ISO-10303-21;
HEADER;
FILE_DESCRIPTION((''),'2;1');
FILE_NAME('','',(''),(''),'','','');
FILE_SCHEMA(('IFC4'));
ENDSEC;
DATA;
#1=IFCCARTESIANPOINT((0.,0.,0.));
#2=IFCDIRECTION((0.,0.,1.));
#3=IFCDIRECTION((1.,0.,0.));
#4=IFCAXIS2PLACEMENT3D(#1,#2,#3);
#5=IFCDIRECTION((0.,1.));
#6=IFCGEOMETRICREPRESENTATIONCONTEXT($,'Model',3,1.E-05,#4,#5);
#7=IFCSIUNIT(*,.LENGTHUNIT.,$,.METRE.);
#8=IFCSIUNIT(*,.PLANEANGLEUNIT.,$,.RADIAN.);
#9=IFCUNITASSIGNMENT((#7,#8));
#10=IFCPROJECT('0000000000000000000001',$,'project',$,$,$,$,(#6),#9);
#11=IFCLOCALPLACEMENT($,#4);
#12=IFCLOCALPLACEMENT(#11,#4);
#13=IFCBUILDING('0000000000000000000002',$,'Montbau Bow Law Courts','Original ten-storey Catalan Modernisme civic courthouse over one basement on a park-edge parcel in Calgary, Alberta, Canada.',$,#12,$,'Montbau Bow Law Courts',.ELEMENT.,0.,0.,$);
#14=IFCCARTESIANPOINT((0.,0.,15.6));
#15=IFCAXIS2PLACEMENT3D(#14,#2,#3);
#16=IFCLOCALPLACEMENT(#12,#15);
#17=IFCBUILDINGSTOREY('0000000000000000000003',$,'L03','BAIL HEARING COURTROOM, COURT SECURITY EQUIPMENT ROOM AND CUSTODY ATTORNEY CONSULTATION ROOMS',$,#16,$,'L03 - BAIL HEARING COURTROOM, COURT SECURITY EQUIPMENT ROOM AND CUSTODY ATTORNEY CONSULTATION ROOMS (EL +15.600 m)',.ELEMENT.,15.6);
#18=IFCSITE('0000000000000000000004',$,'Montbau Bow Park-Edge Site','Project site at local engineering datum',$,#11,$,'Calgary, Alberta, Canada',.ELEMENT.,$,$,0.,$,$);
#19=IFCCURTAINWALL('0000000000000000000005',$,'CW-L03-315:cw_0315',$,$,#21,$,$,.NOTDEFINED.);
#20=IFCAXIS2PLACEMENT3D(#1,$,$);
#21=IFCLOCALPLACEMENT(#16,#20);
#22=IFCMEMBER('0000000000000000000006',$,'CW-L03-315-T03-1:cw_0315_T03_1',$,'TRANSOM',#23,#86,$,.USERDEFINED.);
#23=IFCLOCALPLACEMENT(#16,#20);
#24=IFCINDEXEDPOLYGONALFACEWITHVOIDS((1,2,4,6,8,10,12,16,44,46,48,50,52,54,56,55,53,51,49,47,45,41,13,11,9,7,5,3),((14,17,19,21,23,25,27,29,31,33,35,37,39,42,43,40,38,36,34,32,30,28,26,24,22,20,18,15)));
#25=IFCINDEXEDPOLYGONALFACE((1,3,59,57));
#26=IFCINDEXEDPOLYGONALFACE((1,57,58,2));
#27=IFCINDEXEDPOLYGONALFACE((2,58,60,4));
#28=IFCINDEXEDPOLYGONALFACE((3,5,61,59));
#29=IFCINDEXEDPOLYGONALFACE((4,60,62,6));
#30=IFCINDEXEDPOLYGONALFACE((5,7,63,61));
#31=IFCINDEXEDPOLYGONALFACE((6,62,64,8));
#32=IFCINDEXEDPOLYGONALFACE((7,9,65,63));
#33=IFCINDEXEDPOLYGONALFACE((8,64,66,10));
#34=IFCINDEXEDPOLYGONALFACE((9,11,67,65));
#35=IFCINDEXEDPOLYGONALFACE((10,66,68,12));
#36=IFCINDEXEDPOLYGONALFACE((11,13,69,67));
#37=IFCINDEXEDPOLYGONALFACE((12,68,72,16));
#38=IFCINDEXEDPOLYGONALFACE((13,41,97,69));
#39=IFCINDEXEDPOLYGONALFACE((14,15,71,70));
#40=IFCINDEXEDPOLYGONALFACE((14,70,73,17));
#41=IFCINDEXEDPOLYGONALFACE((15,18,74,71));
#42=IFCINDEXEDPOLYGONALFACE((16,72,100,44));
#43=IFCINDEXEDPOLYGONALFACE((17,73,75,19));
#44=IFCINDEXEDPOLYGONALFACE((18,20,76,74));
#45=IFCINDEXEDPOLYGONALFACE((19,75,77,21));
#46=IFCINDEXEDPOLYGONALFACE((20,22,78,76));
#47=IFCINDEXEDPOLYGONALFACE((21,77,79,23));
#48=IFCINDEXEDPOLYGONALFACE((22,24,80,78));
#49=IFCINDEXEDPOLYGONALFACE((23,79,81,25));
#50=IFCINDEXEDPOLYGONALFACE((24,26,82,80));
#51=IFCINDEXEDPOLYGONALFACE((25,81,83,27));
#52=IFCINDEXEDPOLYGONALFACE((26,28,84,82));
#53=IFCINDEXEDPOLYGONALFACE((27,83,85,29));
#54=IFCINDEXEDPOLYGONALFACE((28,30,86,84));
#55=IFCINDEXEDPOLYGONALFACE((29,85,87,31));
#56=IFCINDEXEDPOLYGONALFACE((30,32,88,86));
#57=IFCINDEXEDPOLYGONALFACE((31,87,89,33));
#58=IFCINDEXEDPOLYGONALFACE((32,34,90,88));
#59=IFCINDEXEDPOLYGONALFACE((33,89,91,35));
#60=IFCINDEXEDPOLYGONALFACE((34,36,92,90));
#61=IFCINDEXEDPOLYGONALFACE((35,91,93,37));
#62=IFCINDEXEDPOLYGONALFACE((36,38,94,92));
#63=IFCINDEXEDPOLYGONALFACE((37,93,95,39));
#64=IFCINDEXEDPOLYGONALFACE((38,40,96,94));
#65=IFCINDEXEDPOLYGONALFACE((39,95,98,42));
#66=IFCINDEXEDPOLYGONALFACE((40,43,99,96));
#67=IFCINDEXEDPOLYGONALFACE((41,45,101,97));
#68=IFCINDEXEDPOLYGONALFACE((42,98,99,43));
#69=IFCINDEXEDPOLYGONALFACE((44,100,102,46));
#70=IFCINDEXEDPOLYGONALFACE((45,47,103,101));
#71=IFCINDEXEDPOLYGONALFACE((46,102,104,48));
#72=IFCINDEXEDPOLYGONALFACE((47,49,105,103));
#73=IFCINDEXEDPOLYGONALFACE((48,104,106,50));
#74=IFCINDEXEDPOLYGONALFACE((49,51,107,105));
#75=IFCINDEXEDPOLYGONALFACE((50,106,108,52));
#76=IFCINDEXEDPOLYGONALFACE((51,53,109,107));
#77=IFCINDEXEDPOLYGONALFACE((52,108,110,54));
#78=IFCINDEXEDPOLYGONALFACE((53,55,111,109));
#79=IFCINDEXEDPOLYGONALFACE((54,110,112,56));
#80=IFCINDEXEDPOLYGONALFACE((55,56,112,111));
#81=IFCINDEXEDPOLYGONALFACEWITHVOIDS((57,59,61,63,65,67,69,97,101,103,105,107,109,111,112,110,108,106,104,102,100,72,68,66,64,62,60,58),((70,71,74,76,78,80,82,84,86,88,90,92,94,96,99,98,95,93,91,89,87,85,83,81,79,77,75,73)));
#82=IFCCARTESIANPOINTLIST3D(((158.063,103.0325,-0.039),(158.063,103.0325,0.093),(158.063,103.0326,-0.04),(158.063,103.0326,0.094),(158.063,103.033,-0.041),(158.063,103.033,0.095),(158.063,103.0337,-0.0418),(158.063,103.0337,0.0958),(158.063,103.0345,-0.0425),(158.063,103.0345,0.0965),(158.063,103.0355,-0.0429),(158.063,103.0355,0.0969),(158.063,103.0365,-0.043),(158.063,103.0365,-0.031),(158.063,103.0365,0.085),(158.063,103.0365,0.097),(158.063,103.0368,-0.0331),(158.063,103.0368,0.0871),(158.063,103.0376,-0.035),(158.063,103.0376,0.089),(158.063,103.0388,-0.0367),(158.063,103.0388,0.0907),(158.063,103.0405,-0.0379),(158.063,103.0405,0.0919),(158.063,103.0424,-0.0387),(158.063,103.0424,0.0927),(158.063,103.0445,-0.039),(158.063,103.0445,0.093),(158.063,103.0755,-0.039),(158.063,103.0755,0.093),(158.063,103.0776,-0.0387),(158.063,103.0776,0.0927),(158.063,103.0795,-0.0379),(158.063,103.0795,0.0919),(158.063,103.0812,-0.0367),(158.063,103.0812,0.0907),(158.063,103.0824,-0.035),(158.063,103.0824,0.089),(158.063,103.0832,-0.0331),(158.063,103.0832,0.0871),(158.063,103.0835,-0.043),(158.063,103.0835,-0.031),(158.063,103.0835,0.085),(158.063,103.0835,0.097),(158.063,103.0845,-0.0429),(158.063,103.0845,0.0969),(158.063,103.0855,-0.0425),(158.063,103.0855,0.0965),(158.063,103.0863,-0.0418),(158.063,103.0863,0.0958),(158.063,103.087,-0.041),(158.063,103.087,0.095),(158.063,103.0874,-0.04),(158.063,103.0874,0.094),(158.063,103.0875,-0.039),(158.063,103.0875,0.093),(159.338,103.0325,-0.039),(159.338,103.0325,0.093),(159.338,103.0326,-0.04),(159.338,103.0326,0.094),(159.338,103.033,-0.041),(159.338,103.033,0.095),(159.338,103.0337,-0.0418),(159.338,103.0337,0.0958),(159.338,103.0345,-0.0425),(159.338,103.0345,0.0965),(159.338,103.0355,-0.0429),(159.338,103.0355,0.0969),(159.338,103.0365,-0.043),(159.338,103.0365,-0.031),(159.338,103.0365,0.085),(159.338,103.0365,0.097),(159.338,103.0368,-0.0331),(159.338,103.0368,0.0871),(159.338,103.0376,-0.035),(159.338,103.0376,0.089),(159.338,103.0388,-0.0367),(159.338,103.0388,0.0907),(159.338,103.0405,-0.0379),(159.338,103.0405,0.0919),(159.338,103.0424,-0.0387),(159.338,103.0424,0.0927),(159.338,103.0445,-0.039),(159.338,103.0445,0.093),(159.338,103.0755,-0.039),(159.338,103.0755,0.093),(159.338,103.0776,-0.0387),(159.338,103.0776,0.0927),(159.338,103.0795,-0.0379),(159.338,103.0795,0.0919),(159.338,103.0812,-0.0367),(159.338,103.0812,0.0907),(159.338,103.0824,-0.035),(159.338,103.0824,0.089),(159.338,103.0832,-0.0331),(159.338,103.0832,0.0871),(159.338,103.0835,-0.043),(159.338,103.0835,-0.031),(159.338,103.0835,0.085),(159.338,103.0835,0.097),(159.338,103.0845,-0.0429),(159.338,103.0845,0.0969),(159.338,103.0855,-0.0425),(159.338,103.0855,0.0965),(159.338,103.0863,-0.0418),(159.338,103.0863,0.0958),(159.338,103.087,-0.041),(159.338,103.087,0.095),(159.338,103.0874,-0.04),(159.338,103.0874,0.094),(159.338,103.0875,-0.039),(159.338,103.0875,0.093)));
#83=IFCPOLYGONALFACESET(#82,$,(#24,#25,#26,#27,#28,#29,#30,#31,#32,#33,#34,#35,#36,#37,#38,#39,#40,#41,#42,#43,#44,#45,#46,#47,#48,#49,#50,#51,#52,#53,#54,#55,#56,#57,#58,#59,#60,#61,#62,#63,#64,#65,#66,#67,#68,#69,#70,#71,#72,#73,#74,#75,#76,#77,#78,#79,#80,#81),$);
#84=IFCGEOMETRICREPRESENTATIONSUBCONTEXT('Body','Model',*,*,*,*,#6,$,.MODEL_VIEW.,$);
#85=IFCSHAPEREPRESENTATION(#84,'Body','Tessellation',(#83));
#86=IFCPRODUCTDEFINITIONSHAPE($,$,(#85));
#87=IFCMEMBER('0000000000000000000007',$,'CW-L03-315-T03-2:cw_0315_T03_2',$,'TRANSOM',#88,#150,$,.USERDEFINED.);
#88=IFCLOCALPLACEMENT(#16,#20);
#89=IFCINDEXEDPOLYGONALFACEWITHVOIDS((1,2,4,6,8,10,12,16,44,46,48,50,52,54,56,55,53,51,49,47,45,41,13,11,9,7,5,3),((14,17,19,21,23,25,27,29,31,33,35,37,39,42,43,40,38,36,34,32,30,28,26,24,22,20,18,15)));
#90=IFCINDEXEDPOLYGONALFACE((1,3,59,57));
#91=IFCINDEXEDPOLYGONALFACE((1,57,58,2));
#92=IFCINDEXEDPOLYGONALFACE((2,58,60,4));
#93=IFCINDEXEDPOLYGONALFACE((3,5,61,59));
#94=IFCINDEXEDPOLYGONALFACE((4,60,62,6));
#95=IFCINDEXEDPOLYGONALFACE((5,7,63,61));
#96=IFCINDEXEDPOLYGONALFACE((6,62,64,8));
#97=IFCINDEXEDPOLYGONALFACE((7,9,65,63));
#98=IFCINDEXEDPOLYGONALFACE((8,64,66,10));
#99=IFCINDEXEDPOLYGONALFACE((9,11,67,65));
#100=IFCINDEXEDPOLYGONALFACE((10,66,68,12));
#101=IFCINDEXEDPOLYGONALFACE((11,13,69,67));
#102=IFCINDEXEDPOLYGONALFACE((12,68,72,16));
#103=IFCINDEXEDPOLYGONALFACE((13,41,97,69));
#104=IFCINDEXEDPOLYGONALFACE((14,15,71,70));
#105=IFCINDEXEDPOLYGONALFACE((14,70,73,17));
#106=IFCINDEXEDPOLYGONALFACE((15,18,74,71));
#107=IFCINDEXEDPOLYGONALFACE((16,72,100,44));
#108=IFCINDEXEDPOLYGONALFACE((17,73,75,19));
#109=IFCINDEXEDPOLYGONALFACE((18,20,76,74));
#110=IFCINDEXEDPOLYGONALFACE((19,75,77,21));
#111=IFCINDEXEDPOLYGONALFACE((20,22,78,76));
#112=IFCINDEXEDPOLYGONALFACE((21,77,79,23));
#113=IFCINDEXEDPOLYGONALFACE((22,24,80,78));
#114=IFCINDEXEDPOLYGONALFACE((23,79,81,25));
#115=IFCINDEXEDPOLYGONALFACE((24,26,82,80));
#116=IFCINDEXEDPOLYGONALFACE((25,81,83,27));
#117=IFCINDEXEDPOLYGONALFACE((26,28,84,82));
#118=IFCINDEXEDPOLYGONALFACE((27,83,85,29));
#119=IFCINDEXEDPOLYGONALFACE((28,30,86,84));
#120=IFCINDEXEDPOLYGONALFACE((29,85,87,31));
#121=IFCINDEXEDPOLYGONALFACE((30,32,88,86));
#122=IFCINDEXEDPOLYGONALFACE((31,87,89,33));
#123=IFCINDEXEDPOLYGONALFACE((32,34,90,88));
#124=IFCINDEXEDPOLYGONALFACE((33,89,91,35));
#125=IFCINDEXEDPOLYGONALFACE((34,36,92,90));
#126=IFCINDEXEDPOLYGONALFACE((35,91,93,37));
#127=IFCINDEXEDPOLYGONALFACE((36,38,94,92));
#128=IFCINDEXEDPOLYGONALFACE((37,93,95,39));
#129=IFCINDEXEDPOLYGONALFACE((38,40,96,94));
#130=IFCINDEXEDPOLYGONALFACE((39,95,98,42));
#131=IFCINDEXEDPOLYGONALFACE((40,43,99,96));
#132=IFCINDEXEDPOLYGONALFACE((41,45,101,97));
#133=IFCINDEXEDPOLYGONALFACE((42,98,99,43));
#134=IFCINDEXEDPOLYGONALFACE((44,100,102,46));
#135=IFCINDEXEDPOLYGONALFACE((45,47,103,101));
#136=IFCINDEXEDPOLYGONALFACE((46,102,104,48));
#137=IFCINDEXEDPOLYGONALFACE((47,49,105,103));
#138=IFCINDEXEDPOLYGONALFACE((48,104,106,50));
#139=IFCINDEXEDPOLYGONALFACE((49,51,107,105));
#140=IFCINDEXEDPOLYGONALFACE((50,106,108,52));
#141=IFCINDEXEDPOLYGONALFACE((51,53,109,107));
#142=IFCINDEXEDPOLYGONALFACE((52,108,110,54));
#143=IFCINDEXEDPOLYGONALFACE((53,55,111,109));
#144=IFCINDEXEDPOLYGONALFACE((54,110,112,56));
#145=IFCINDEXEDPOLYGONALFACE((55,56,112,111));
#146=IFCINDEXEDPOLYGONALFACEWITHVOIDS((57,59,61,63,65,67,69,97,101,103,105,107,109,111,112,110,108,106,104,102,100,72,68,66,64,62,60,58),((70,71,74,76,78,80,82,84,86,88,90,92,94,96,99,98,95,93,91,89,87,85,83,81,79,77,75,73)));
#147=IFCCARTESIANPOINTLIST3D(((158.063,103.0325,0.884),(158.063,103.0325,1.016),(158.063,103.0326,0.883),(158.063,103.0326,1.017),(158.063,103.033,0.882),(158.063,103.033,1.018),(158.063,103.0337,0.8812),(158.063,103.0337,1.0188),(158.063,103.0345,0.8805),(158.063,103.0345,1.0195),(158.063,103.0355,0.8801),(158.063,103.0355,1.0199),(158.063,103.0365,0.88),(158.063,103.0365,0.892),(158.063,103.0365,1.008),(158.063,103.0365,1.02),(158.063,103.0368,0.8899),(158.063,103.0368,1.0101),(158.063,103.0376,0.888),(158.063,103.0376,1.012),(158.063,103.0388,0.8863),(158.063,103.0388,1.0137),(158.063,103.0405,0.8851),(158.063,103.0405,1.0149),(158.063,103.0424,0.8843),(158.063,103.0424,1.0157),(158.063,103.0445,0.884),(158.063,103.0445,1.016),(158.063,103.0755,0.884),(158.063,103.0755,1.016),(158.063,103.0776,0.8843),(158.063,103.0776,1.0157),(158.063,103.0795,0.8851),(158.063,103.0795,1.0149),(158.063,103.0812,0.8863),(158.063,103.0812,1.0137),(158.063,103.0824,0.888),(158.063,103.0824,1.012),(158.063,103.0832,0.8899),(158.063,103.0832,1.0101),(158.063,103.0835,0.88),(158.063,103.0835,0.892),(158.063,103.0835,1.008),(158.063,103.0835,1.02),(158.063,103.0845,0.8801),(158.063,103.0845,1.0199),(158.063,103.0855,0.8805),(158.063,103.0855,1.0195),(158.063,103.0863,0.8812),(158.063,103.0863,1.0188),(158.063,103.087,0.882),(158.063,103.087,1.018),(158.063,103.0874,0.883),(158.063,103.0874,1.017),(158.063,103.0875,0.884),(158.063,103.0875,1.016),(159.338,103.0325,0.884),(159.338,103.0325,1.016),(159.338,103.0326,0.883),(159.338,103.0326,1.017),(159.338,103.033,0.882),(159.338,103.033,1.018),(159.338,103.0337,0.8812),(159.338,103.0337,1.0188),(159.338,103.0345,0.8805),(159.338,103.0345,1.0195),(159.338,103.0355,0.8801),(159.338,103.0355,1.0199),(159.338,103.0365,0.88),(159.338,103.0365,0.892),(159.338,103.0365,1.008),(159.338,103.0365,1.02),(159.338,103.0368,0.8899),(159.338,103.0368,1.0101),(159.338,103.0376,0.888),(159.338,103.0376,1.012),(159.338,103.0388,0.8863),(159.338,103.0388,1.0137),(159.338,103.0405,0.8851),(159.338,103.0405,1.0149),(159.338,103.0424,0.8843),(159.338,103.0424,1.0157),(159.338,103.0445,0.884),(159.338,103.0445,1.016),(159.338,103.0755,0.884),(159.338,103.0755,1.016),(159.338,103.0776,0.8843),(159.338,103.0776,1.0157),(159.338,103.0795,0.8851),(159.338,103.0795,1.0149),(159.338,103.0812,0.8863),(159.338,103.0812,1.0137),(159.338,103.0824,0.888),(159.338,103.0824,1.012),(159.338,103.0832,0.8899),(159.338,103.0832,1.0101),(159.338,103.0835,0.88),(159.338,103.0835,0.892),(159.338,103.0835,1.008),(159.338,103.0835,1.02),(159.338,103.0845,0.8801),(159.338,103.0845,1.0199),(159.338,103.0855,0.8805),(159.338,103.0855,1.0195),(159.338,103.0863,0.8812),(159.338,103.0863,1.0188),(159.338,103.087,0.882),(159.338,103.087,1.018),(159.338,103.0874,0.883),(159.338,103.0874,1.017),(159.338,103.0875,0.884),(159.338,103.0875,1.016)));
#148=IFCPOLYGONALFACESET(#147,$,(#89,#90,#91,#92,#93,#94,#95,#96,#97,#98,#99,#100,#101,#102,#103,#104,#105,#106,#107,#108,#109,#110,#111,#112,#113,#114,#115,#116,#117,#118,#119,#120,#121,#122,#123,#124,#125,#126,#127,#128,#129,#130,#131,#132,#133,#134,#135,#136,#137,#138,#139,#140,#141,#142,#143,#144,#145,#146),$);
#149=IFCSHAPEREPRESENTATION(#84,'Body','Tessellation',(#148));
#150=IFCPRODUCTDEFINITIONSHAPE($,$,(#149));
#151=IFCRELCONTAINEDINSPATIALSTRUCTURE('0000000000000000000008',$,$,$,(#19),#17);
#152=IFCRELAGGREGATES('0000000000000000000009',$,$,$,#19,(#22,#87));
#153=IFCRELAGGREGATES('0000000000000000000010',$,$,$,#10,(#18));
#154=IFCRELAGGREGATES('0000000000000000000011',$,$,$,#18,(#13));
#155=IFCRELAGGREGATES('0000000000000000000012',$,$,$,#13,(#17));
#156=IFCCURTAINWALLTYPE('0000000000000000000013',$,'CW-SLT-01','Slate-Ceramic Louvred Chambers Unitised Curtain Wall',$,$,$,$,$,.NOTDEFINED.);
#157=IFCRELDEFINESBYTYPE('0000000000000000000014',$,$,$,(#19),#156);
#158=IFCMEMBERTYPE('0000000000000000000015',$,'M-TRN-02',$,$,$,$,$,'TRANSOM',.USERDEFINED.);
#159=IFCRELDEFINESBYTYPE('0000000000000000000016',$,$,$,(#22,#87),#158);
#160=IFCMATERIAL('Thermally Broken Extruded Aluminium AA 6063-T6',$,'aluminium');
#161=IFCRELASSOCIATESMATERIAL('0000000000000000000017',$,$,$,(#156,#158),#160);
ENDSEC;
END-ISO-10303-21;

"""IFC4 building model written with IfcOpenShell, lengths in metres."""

from ifc_helpers import new_model, si_unit, direction, frame, origin_with_axes, origin_2d_with_axis, place, context, subcontext, project, spatial, hollow_rectangle, extrude, material, material_profile, profile_set, type_object, element, aggregate, save


model = new_model("IFC4")

# Units and contexts
model_context = context("Model", 3, precision=1e-05, world=origin_with_axes(), true_north=direction((0.0, 1.0)))
body_context = subcontext(model_context, "Body", "Model", "MODEL_VIEW")
ifc_project = project(units=[si_unit("LENGTHUNIT", "METRE"), si_unit("PLANEANGLEUNIT", "RADIAN")], contexts=[model_context])

# Site, building, storey
site_placement = place(None, origin_with_axes())
site = spatial("IfcSite", under=ifc_project, at=site_placement, Name="Montbau Bow Park-Edge Site", Description="Project site at local engineering datum", LongName="Calgary, Alberta, Canada", CompositionType="ELEMENT", RefElevation=0.0)
building_placement = place(site_placement, origin_with_axes())
building = spatial("IfcBuilding", under=site, at=building_placement, Name="Montbau Bow Law Courts", Description="Original ten-storey Catalan Modernisme civic courthouse over one basement on a park-edge parcel in Calgary, Alberta, Canada.", LongName="Montbau Bow Law Courts", CompositionType="ELEMENT", ElevationOfRefHeight=0.0, ElevationOfTerrain=0.0)
storey_placement = place(building_placement, frame((0.0, 0.0, 15.6), z_axis=(0.0, 0.0, 1.0), x_axis=(1.0, 0.0, 0.0)))
storey = spatial("IfcBuildingStorey", under=building, at=storey_placement, Name="L03", Description="BAIL HEARING COURTROOM, COURT SECURITY EQUIPMENT ROOM AND CUSTODY ATTORNEY CONSULTATION ROOMS", LongName="L03 - BAIL HEARING COURTROOM, COURT SECURITY EQUIPMENT ROOM AND CUSTODY ATTORNEY CONSULTATION ROOMS (EL +15.600 m)", CompositionType="ELEMENT", Elevation=15.6)

# Curtain wall, members
ifc_material_1 = material(Name="Thermally Broken Extruded Aluminium AA 6063-T6", Category="aluminium")
curtain_wall_type = type_object("IfcCurtainWallType", Name="CW-SLT-01", Description="Slate-Ceramic Louvred Chambers Unitised Curtain Wall", PredefinedType="NOTDEFINED", material=ifc_material_1)
curtain_wall_placement = place(None, frame((155.315, 103.06, 15.6), z_axis=(0.0, 0.0, 1.0), x_axis=(1.0, 0.0, 0.0)))
curtain_wall = element("IfcCurtainWall", 1, at=curtain_wall_placement, inside=storey, type_object=curtain_wall_type, Name="CW-L03-315:cw_0315", PredefinedType="NOTDEFINED")
ifc_material_profile_1 = material_profile(ifc_material_1, hollow_rectangle(XDim=0.055, YDim=0.14, WallThickness=0.004, InnerFilletRadius=0.008, OuterFilletRadius=0.004, at=origin_2d_with_axis()), Name="CWT-140X55", Category="Main", Priority=0)
ifc_profile_set_1 = profile_set([ifc_material_profile_1], Name="Thermally Broken Extruded Aluminium AA 6063-T6")
member_type_1 = type_object("IfcMemberType", Name="M-TRN-02", ElementType="TRANSOM", PredefinedType="USERDEFINED", material=ifc_profile_set_1)
member_1_placement = place(None, frame((158.063, 103.06, 15.627), z_axis=(1.0, 0.0, 0.0), x_axis=(0.0, 1.0, 0.0)))
member_1 = element("IfcMember", 2, at=member_1_placement, type_object=member_type_1, Name="CW-L03-315-T03-1:cw_0315_T03_1", ObjectType="TRANSOM", PredefinedType="USERDEFINED", context=body_context, shape_type="SweptSolid", body=[
    extrude(hollow_rectangle(XDim=0.055, YDim=0.14, WallThickness=0.004, InnerFilletRadius=0.008, OuterFilletRadius=0.004, at=origin_2d_with_axis()), origin_with_axes(), (0.0, 0.0, 1.0), 1.275),
])
member_2_placement = place(None, frame((158.063, 103.06, 16.55), z_axis=(1.0, 0.0, 0.0), x_axis=(0.0, 1.0, 0.0)))
member_2 = element("IfcMember", 3, at=member_2_placement, type_object=member_type_1, Name="CW-L03-315-T03-2:cw_0315_T03_2", ObjectType="TRANSOM", PredefinedType="USERDEFINED", context=body_context, shape_type="SweptSolid", body=[
    extrude(hollow_rectangle(XDim=0.055, YDim=0.14, WallThickness=0.004, InnerFilletRadius=0.008, OuterFilletRadius=0.004, at=origin_2d_with_axis()), origin_with_axes(), (0.0, 0.0, 1.0), 1.275),
])
aggregate(curtain_wall, [member_1, member_2])

save(model, "model.ifc")
